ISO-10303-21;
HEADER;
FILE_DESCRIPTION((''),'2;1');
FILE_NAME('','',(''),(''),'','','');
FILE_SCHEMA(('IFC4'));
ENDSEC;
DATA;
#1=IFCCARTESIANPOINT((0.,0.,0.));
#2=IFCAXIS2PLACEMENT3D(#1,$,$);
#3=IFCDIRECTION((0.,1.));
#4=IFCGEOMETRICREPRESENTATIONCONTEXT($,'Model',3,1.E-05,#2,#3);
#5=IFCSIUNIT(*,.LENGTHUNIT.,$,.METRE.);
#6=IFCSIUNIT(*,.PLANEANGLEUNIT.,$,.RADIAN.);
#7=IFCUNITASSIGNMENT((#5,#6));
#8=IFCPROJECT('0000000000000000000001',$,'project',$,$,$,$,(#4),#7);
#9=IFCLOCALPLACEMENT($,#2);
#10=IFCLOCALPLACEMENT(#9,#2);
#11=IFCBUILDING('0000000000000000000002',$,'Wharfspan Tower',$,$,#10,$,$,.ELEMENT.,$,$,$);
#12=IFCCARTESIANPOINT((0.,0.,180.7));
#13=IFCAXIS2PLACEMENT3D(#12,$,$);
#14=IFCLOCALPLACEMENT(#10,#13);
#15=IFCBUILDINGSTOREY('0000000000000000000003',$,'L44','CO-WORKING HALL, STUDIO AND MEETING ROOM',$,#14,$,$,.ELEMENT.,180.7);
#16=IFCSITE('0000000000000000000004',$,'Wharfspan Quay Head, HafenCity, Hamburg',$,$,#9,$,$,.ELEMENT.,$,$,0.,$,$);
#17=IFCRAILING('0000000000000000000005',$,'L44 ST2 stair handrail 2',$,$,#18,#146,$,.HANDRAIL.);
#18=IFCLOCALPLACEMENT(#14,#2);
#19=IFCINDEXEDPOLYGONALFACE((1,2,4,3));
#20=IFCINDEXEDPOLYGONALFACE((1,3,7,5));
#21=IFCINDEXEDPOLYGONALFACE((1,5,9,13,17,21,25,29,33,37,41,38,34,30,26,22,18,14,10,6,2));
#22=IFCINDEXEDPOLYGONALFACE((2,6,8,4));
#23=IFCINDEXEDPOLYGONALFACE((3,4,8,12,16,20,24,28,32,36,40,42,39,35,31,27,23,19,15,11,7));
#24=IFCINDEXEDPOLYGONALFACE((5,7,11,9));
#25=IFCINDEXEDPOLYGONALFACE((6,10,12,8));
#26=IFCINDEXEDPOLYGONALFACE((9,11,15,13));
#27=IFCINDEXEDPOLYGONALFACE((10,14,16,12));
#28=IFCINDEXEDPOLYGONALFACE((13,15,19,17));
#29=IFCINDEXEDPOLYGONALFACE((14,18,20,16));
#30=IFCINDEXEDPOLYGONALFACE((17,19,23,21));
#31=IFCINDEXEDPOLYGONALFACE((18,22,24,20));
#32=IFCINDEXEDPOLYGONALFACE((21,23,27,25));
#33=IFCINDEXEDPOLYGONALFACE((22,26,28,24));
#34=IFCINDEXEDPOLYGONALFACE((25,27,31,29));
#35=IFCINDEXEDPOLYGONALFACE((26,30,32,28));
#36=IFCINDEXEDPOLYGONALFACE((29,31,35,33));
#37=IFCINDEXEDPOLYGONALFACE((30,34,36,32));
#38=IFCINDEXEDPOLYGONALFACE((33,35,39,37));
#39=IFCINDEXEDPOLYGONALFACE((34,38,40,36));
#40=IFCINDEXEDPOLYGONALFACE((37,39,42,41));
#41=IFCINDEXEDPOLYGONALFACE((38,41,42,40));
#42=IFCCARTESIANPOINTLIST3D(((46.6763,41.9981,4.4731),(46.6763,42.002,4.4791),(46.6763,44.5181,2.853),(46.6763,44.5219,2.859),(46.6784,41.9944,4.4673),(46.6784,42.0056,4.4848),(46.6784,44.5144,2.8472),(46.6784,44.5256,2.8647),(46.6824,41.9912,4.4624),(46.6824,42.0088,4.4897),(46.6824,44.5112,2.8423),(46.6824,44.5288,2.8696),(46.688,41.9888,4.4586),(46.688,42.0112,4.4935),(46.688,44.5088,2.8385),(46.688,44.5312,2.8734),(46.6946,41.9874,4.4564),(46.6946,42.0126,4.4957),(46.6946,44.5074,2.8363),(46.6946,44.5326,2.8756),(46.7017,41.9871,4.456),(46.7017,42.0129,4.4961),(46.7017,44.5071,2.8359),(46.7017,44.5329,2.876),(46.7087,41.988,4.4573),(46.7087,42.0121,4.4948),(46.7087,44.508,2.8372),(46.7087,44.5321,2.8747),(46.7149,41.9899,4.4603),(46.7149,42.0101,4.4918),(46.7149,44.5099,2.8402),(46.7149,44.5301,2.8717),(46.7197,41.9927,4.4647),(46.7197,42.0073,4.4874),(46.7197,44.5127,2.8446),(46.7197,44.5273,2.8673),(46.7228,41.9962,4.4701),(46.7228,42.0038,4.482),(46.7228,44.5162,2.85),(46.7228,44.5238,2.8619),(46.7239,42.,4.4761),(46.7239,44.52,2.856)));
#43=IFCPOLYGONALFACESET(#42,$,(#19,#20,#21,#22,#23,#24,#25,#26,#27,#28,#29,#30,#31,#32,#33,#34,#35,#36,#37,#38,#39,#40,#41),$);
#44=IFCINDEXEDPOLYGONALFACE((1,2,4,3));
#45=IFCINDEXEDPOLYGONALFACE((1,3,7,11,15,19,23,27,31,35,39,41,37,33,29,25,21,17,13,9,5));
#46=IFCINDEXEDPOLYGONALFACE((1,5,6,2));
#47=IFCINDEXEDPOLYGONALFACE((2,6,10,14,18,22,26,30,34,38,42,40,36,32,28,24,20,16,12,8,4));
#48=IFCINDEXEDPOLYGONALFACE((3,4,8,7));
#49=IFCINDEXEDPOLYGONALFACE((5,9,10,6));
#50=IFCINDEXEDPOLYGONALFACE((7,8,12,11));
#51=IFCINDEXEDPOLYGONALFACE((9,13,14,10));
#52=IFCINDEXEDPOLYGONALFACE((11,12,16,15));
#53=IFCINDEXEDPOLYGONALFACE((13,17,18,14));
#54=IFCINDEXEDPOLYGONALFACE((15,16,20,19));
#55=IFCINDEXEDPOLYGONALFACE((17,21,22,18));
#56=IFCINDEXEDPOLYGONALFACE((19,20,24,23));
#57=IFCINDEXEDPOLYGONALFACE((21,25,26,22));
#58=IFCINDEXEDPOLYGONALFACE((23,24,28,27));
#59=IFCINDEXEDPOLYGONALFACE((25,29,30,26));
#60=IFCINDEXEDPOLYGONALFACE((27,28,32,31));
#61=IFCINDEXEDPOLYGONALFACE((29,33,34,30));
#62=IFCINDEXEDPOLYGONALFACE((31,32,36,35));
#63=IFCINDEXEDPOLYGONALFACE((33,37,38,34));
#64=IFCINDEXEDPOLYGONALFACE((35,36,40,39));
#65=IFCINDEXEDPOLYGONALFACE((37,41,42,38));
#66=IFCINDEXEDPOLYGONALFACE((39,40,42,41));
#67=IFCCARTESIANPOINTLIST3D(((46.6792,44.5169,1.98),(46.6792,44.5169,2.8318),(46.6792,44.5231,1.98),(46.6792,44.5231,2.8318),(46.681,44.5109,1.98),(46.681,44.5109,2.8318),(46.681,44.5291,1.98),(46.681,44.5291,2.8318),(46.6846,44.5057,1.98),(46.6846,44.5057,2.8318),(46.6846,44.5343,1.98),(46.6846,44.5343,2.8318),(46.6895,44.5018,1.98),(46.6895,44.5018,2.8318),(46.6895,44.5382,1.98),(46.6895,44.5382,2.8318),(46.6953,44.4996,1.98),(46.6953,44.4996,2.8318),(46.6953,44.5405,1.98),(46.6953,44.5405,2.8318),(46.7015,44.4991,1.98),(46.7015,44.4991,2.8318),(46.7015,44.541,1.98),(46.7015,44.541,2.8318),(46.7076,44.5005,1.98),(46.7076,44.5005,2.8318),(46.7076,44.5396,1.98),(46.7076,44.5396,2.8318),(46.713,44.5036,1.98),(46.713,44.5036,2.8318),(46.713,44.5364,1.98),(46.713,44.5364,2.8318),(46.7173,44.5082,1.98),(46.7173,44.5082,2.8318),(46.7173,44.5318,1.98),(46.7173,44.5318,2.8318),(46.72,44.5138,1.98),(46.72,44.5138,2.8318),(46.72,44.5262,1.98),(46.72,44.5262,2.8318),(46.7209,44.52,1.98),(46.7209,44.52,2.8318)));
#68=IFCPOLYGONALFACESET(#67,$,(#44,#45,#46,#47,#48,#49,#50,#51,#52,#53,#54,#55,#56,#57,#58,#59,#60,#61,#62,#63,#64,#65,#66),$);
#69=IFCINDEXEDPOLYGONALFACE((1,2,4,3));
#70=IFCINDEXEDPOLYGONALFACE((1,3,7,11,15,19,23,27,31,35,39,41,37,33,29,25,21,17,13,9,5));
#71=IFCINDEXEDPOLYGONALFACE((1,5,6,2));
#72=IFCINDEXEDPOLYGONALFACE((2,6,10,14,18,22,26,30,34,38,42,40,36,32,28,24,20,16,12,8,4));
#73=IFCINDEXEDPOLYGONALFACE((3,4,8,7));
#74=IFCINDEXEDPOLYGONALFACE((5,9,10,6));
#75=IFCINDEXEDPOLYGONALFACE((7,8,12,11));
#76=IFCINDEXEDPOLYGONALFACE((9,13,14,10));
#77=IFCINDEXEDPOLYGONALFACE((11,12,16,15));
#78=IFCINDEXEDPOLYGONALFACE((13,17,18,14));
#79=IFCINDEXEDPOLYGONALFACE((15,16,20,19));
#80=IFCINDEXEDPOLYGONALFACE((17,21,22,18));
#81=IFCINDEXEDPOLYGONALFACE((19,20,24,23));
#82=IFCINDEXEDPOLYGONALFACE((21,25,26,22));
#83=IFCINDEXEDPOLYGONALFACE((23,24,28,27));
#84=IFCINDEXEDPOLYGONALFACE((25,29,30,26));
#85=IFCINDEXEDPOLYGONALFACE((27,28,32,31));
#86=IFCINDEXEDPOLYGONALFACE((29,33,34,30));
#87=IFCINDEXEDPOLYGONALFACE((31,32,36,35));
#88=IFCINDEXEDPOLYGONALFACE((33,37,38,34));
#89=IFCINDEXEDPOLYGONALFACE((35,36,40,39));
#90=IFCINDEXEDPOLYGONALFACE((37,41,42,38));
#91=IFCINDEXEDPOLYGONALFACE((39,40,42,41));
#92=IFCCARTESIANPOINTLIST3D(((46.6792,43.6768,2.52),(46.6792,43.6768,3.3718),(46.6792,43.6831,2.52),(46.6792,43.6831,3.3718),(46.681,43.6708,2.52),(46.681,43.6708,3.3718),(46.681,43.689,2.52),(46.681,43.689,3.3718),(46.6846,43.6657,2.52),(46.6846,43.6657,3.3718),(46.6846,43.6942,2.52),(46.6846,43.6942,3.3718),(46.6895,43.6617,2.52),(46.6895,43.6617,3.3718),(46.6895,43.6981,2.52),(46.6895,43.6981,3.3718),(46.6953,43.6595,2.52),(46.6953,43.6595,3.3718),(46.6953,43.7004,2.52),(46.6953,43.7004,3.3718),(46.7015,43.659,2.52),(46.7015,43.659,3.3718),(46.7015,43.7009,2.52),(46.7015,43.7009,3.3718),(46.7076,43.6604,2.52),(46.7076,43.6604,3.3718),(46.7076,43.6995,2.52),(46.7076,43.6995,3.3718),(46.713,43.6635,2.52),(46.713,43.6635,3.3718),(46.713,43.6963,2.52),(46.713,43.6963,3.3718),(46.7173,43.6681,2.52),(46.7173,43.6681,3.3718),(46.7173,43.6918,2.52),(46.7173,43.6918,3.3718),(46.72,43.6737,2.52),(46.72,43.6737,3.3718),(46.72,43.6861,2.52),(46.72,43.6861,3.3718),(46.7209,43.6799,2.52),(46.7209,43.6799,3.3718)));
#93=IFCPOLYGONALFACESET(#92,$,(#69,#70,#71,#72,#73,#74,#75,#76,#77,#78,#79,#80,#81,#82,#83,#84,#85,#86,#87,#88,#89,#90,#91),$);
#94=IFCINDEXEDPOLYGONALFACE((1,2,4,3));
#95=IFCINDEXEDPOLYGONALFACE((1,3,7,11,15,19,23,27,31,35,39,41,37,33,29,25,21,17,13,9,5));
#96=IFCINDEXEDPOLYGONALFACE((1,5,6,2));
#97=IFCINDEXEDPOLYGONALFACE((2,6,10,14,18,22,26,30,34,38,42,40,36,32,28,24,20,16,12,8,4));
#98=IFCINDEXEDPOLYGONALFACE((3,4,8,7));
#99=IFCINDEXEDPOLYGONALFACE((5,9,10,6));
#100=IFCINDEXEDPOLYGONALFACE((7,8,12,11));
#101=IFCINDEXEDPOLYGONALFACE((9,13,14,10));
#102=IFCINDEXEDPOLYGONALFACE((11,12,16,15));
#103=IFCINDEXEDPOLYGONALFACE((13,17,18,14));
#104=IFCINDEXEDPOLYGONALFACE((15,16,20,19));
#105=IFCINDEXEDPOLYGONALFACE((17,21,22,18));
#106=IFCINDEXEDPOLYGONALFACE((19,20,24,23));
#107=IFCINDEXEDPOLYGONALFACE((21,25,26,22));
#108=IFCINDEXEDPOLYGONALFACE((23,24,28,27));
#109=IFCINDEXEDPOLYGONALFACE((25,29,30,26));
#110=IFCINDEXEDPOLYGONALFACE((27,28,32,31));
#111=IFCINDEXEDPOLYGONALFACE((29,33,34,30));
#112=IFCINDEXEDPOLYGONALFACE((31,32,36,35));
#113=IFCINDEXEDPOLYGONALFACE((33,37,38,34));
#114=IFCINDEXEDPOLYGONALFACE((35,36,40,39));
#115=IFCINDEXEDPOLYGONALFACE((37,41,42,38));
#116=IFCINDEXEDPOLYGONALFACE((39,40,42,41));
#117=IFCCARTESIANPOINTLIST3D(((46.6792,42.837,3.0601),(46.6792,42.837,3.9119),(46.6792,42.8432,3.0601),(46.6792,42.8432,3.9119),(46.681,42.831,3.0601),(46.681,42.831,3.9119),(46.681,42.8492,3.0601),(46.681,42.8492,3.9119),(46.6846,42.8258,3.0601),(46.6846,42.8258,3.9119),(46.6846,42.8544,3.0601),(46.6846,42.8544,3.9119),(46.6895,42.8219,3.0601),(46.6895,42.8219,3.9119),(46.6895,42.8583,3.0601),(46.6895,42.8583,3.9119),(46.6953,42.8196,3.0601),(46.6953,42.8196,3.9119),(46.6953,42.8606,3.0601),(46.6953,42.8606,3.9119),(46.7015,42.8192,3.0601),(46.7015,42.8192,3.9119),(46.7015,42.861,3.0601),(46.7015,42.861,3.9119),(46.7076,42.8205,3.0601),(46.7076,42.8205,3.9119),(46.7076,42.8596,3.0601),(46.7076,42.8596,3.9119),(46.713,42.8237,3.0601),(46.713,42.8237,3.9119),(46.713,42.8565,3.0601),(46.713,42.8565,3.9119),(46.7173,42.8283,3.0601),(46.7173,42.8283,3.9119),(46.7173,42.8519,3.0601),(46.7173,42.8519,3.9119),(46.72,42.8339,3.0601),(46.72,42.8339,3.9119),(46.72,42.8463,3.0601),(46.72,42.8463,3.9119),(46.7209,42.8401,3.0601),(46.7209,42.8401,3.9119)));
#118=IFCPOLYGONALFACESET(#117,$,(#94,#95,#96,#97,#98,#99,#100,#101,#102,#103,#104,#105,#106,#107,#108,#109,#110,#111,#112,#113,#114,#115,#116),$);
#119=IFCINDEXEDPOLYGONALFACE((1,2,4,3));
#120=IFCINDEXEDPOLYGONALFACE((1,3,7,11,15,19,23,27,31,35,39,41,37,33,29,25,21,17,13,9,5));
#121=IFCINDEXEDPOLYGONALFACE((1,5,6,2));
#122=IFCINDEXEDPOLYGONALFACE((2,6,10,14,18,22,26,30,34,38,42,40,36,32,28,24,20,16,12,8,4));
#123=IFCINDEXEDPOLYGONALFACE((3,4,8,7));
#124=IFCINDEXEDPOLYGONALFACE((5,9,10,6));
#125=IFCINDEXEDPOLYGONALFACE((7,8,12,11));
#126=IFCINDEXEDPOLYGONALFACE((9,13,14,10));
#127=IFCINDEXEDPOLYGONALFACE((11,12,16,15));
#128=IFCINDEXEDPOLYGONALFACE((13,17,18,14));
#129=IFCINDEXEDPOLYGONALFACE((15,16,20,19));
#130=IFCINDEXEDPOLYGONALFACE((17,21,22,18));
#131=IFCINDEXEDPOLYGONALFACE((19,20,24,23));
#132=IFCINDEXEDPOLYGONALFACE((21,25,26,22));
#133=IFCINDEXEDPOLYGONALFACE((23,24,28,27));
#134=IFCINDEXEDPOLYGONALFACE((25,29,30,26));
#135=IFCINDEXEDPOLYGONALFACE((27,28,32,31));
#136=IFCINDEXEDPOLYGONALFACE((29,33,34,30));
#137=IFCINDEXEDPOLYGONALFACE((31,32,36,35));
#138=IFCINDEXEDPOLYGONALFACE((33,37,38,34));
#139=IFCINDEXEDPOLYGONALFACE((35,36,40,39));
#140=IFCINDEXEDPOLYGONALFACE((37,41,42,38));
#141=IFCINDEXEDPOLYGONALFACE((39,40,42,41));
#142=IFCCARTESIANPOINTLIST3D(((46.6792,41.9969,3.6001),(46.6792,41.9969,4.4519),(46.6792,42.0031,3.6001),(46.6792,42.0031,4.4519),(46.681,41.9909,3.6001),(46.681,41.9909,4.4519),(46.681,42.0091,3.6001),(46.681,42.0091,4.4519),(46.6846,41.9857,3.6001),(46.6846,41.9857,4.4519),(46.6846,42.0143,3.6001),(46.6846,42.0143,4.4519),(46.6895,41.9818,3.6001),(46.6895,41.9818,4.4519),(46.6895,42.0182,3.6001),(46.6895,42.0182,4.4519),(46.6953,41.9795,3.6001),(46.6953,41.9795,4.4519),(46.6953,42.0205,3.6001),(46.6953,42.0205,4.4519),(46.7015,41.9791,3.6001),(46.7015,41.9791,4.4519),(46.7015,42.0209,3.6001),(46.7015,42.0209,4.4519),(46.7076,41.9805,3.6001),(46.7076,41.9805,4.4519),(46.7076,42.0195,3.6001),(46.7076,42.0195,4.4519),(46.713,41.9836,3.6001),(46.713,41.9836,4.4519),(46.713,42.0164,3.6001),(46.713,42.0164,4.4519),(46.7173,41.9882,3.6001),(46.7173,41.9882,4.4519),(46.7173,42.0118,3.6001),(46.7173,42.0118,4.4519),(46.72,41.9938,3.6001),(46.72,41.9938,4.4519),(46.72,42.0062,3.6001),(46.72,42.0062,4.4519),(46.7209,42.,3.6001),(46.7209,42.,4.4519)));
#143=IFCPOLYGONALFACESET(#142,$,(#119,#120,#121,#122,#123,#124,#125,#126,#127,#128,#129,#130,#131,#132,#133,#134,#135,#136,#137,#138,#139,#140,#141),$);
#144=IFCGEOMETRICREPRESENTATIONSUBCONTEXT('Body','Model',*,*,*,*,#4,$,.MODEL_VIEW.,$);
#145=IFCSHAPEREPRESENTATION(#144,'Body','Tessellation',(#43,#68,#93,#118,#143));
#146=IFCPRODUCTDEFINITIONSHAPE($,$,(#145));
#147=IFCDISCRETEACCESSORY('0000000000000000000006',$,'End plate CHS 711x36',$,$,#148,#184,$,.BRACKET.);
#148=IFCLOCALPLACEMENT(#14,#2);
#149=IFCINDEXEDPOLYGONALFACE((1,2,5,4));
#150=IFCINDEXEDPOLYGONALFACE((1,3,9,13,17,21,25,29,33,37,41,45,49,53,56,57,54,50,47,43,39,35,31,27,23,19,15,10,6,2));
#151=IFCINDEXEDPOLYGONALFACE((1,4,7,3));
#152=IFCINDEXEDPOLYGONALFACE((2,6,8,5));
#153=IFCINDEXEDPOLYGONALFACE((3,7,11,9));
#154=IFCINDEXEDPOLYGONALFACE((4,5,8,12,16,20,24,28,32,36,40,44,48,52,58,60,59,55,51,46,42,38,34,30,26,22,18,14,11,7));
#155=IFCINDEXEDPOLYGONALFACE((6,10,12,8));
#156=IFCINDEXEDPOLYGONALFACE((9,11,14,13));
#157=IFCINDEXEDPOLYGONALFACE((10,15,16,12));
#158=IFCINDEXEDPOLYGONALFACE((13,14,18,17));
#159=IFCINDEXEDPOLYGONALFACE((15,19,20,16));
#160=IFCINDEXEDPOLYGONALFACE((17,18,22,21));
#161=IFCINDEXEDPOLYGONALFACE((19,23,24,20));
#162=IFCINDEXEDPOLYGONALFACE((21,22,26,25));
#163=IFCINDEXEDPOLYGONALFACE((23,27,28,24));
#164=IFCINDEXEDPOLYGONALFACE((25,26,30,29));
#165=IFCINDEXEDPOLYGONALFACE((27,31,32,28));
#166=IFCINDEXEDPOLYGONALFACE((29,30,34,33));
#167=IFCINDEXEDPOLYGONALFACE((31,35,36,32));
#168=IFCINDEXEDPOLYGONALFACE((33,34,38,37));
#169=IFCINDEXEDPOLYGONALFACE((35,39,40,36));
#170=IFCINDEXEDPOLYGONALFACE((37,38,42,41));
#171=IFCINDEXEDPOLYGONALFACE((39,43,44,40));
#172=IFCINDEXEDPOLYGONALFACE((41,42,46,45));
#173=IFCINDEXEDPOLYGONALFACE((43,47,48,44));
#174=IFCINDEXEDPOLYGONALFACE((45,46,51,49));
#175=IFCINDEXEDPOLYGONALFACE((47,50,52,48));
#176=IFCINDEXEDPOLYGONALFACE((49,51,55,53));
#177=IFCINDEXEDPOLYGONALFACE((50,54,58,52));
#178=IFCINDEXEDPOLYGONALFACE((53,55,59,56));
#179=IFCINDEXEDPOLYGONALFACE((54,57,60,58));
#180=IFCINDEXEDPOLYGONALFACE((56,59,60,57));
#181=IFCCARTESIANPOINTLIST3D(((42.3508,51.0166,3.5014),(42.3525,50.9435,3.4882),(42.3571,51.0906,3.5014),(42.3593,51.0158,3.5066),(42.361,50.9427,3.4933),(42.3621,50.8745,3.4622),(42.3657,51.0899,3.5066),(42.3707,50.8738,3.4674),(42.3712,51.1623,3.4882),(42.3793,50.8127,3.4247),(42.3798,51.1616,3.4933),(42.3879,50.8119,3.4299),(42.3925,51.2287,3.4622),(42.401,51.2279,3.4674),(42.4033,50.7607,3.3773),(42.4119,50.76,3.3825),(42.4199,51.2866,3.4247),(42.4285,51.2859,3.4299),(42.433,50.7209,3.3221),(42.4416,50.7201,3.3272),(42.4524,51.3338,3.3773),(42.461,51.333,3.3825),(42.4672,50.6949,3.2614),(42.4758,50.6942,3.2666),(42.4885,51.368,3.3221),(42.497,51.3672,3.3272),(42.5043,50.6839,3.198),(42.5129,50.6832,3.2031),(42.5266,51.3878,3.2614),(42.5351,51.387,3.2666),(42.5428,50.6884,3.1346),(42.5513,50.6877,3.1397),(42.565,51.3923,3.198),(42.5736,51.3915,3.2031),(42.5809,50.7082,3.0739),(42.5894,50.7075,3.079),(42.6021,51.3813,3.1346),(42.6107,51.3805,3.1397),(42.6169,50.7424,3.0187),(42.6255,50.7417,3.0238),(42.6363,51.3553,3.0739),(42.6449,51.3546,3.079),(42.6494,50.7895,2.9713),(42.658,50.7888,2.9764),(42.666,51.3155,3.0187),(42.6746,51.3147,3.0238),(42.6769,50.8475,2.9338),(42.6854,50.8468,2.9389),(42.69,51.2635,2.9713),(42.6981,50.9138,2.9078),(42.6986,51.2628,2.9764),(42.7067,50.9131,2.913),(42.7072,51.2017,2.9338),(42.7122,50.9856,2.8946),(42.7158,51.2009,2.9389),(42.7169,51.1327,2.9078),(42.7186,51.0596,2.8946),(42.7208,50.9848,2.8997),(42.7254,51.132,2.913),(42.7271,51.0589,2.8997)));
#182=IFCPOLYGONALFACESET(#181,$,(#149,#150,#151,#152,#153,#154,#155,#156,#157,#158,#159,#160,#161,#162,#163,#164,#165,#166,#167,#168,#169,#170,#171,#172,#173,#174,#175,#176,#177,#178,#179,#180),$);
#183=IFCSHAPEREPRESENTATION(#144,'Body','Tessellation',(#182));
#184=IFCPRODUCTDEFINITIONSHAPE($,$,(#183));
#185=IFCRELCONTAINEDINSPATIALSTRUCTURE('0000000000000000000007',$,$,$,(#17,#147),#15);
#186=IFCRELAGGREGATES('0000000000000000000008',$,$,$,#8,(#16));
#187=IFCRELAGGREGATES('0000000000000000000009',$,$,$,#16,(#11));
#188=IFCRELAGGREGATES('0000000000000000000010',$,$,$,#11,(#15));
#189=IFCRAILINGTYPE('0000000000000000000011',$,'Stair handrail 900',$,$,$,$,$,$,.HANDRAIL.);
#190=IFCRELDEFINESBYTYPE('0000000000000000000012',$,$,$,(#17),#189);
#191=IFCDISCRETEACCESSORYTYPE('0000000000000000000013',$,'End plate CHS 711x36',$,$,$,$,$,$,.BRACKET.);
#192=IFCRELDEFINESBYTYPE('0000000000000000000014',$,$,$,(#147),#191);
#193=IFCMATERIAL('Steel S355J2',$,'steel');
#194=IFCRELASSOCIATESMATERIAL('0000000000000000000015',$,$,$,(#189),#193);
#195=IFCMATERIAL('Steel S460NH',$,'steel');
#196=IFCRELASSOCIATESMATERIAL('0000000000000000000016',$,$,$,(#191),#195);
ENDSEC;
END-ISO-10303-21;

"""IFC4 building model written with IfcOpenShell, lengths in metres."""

from ifc_helpers import new_model, si_unit, direction, frame, origin, origin_2d, place, context, subcontext, project, spatial, circle, extrude, material, material_profile, profile_set, type_object, element, save


model = new_model("IFC4")

# Units and contexts
model_context = context("Model", 3, precision=1e-05, world=origin(), true_north=direction((0.0, 1.0)))
body_context = subcontext(model_context, "Body", "Model", "MODEL_VIEW")
ifc_project = project(units=[si_unit("LENGTHUNIT", "METRE"), si_unit("PLANEANGLEUNIT", "RADIAN")], contexts=[model_context])

# Site, building, storey
site_placement = place(None, origin())
site = spatial("IfcSite", under=ifc_project, at=site_placement, Name="Wharfspan Quay Head, HafenCity, Hamburg", CompositionType="ELEMENT", RefElevation=0.0)
building_placement = place(site_placement, origin())
building = spatial("IfcBuilding", under=site, at=building_placement, Name="Wharfspan Tower", CompositionType="ELEMENT")
storey_placement = place(building_placement, frame((0.0, 0.0, 180.7)))
storey = spatial("IfcBuildingStorey", under=building, at=storey_placement, Name="L44", Description="CO-WORKING HALL, STUDIO AND MEETING ROOM", CompositionType="ELEMENT", Elevation=180.7)

# Shared definitions
ifc_material_1 = material(Name="Steel S355J2", Category="steel")

# Shared definitions
ifc_material_2 = material(Name="Steel S460NH", Category="steel")

# Railing
railing_type_1 = type_object("IfcRailingType", Name="Stair handrail 900", PredefinedType="HANDRAIL", material=ifc_material_1)
railing_1_placement = place(storey_placement, frame((46.7, 44.52, 1.98)))
element("IfcRailing", 1, at=railing_1_placement, inside=storey, type_object=railing_type_1, Name="L44 ST2 stair handrail 2", PredefinedType="HANDRAIL", context=body_context, shape_type="SweptSolid", body=[
    extrude(circle(Radius=0.0239, at=origin_2d()), frame((0.0, 0.0, 0.876), z_axis=(0.0, -0.841163, 0.540782), x_axis=(1.0, 0.0, 0.0)), (0.0, 0.0, 1.0), 2.9958),
    extrude(circle(Radius=0.021, at=origin_2d()), origin(), (0.0, 0.0, 1.0), 0.8518),
    extrude(circle(Radius=0.021, at=origin_2d()), frame((0.0, -0.8401, 0.54)), (0.0, 0.0, 1.0), 0.8518),
    extrude(circle(Radius=0.021, at=origin_2d()), frame((0.0, -1.6799, 1.0801)), (0.0, 0.0, 1.0), 0.8518),
    extrude(circle(Radius=0.021, at=origin_2d()), frame((0.0, -2.52, 1.6201)), (0.0, 0.0, 1.0), 0.8518),
])

# Discrete accessory
ifc_material_profile_1 = material_profile(ifc_material_2, circle(Radius=0.3555, at=origin_2d()))
ifc_profile_set_1 = profile_set([ifc_material_profile_1], Name="Steel S460NH")
discrete_accessory_type = type_object("IfcDiscreteAccessoryType", Name="End plate CHS 711x36", PredefinedType="BRACKET", material=ifc_profile_set_1)
for number, where, z_axis, x_axis, name in (
    (2, (42.5347, 51.0381, 3.198), (0.855186, -0.073302, 0.513112), (0.085402, 0.996345, -0.000001), "End plate CHS 711x36"),
):
    element("IfcDiscreteAccessory", number, at=place(storey_placement, frame(where, z_axis=z_axis, x_axis=x_axis)), inside=storey, type_object=discrete_accessory_type, Name=name, PredefinedType="BRACKET", context=body_context, shape_type="SweptSolid", body=[
        extrude(circle(Radius=0.3555, at=origin_2d()), origin(), (0.0, 0.0, 1.0), 0.01),
    ])

save(model, "model.ifc")
